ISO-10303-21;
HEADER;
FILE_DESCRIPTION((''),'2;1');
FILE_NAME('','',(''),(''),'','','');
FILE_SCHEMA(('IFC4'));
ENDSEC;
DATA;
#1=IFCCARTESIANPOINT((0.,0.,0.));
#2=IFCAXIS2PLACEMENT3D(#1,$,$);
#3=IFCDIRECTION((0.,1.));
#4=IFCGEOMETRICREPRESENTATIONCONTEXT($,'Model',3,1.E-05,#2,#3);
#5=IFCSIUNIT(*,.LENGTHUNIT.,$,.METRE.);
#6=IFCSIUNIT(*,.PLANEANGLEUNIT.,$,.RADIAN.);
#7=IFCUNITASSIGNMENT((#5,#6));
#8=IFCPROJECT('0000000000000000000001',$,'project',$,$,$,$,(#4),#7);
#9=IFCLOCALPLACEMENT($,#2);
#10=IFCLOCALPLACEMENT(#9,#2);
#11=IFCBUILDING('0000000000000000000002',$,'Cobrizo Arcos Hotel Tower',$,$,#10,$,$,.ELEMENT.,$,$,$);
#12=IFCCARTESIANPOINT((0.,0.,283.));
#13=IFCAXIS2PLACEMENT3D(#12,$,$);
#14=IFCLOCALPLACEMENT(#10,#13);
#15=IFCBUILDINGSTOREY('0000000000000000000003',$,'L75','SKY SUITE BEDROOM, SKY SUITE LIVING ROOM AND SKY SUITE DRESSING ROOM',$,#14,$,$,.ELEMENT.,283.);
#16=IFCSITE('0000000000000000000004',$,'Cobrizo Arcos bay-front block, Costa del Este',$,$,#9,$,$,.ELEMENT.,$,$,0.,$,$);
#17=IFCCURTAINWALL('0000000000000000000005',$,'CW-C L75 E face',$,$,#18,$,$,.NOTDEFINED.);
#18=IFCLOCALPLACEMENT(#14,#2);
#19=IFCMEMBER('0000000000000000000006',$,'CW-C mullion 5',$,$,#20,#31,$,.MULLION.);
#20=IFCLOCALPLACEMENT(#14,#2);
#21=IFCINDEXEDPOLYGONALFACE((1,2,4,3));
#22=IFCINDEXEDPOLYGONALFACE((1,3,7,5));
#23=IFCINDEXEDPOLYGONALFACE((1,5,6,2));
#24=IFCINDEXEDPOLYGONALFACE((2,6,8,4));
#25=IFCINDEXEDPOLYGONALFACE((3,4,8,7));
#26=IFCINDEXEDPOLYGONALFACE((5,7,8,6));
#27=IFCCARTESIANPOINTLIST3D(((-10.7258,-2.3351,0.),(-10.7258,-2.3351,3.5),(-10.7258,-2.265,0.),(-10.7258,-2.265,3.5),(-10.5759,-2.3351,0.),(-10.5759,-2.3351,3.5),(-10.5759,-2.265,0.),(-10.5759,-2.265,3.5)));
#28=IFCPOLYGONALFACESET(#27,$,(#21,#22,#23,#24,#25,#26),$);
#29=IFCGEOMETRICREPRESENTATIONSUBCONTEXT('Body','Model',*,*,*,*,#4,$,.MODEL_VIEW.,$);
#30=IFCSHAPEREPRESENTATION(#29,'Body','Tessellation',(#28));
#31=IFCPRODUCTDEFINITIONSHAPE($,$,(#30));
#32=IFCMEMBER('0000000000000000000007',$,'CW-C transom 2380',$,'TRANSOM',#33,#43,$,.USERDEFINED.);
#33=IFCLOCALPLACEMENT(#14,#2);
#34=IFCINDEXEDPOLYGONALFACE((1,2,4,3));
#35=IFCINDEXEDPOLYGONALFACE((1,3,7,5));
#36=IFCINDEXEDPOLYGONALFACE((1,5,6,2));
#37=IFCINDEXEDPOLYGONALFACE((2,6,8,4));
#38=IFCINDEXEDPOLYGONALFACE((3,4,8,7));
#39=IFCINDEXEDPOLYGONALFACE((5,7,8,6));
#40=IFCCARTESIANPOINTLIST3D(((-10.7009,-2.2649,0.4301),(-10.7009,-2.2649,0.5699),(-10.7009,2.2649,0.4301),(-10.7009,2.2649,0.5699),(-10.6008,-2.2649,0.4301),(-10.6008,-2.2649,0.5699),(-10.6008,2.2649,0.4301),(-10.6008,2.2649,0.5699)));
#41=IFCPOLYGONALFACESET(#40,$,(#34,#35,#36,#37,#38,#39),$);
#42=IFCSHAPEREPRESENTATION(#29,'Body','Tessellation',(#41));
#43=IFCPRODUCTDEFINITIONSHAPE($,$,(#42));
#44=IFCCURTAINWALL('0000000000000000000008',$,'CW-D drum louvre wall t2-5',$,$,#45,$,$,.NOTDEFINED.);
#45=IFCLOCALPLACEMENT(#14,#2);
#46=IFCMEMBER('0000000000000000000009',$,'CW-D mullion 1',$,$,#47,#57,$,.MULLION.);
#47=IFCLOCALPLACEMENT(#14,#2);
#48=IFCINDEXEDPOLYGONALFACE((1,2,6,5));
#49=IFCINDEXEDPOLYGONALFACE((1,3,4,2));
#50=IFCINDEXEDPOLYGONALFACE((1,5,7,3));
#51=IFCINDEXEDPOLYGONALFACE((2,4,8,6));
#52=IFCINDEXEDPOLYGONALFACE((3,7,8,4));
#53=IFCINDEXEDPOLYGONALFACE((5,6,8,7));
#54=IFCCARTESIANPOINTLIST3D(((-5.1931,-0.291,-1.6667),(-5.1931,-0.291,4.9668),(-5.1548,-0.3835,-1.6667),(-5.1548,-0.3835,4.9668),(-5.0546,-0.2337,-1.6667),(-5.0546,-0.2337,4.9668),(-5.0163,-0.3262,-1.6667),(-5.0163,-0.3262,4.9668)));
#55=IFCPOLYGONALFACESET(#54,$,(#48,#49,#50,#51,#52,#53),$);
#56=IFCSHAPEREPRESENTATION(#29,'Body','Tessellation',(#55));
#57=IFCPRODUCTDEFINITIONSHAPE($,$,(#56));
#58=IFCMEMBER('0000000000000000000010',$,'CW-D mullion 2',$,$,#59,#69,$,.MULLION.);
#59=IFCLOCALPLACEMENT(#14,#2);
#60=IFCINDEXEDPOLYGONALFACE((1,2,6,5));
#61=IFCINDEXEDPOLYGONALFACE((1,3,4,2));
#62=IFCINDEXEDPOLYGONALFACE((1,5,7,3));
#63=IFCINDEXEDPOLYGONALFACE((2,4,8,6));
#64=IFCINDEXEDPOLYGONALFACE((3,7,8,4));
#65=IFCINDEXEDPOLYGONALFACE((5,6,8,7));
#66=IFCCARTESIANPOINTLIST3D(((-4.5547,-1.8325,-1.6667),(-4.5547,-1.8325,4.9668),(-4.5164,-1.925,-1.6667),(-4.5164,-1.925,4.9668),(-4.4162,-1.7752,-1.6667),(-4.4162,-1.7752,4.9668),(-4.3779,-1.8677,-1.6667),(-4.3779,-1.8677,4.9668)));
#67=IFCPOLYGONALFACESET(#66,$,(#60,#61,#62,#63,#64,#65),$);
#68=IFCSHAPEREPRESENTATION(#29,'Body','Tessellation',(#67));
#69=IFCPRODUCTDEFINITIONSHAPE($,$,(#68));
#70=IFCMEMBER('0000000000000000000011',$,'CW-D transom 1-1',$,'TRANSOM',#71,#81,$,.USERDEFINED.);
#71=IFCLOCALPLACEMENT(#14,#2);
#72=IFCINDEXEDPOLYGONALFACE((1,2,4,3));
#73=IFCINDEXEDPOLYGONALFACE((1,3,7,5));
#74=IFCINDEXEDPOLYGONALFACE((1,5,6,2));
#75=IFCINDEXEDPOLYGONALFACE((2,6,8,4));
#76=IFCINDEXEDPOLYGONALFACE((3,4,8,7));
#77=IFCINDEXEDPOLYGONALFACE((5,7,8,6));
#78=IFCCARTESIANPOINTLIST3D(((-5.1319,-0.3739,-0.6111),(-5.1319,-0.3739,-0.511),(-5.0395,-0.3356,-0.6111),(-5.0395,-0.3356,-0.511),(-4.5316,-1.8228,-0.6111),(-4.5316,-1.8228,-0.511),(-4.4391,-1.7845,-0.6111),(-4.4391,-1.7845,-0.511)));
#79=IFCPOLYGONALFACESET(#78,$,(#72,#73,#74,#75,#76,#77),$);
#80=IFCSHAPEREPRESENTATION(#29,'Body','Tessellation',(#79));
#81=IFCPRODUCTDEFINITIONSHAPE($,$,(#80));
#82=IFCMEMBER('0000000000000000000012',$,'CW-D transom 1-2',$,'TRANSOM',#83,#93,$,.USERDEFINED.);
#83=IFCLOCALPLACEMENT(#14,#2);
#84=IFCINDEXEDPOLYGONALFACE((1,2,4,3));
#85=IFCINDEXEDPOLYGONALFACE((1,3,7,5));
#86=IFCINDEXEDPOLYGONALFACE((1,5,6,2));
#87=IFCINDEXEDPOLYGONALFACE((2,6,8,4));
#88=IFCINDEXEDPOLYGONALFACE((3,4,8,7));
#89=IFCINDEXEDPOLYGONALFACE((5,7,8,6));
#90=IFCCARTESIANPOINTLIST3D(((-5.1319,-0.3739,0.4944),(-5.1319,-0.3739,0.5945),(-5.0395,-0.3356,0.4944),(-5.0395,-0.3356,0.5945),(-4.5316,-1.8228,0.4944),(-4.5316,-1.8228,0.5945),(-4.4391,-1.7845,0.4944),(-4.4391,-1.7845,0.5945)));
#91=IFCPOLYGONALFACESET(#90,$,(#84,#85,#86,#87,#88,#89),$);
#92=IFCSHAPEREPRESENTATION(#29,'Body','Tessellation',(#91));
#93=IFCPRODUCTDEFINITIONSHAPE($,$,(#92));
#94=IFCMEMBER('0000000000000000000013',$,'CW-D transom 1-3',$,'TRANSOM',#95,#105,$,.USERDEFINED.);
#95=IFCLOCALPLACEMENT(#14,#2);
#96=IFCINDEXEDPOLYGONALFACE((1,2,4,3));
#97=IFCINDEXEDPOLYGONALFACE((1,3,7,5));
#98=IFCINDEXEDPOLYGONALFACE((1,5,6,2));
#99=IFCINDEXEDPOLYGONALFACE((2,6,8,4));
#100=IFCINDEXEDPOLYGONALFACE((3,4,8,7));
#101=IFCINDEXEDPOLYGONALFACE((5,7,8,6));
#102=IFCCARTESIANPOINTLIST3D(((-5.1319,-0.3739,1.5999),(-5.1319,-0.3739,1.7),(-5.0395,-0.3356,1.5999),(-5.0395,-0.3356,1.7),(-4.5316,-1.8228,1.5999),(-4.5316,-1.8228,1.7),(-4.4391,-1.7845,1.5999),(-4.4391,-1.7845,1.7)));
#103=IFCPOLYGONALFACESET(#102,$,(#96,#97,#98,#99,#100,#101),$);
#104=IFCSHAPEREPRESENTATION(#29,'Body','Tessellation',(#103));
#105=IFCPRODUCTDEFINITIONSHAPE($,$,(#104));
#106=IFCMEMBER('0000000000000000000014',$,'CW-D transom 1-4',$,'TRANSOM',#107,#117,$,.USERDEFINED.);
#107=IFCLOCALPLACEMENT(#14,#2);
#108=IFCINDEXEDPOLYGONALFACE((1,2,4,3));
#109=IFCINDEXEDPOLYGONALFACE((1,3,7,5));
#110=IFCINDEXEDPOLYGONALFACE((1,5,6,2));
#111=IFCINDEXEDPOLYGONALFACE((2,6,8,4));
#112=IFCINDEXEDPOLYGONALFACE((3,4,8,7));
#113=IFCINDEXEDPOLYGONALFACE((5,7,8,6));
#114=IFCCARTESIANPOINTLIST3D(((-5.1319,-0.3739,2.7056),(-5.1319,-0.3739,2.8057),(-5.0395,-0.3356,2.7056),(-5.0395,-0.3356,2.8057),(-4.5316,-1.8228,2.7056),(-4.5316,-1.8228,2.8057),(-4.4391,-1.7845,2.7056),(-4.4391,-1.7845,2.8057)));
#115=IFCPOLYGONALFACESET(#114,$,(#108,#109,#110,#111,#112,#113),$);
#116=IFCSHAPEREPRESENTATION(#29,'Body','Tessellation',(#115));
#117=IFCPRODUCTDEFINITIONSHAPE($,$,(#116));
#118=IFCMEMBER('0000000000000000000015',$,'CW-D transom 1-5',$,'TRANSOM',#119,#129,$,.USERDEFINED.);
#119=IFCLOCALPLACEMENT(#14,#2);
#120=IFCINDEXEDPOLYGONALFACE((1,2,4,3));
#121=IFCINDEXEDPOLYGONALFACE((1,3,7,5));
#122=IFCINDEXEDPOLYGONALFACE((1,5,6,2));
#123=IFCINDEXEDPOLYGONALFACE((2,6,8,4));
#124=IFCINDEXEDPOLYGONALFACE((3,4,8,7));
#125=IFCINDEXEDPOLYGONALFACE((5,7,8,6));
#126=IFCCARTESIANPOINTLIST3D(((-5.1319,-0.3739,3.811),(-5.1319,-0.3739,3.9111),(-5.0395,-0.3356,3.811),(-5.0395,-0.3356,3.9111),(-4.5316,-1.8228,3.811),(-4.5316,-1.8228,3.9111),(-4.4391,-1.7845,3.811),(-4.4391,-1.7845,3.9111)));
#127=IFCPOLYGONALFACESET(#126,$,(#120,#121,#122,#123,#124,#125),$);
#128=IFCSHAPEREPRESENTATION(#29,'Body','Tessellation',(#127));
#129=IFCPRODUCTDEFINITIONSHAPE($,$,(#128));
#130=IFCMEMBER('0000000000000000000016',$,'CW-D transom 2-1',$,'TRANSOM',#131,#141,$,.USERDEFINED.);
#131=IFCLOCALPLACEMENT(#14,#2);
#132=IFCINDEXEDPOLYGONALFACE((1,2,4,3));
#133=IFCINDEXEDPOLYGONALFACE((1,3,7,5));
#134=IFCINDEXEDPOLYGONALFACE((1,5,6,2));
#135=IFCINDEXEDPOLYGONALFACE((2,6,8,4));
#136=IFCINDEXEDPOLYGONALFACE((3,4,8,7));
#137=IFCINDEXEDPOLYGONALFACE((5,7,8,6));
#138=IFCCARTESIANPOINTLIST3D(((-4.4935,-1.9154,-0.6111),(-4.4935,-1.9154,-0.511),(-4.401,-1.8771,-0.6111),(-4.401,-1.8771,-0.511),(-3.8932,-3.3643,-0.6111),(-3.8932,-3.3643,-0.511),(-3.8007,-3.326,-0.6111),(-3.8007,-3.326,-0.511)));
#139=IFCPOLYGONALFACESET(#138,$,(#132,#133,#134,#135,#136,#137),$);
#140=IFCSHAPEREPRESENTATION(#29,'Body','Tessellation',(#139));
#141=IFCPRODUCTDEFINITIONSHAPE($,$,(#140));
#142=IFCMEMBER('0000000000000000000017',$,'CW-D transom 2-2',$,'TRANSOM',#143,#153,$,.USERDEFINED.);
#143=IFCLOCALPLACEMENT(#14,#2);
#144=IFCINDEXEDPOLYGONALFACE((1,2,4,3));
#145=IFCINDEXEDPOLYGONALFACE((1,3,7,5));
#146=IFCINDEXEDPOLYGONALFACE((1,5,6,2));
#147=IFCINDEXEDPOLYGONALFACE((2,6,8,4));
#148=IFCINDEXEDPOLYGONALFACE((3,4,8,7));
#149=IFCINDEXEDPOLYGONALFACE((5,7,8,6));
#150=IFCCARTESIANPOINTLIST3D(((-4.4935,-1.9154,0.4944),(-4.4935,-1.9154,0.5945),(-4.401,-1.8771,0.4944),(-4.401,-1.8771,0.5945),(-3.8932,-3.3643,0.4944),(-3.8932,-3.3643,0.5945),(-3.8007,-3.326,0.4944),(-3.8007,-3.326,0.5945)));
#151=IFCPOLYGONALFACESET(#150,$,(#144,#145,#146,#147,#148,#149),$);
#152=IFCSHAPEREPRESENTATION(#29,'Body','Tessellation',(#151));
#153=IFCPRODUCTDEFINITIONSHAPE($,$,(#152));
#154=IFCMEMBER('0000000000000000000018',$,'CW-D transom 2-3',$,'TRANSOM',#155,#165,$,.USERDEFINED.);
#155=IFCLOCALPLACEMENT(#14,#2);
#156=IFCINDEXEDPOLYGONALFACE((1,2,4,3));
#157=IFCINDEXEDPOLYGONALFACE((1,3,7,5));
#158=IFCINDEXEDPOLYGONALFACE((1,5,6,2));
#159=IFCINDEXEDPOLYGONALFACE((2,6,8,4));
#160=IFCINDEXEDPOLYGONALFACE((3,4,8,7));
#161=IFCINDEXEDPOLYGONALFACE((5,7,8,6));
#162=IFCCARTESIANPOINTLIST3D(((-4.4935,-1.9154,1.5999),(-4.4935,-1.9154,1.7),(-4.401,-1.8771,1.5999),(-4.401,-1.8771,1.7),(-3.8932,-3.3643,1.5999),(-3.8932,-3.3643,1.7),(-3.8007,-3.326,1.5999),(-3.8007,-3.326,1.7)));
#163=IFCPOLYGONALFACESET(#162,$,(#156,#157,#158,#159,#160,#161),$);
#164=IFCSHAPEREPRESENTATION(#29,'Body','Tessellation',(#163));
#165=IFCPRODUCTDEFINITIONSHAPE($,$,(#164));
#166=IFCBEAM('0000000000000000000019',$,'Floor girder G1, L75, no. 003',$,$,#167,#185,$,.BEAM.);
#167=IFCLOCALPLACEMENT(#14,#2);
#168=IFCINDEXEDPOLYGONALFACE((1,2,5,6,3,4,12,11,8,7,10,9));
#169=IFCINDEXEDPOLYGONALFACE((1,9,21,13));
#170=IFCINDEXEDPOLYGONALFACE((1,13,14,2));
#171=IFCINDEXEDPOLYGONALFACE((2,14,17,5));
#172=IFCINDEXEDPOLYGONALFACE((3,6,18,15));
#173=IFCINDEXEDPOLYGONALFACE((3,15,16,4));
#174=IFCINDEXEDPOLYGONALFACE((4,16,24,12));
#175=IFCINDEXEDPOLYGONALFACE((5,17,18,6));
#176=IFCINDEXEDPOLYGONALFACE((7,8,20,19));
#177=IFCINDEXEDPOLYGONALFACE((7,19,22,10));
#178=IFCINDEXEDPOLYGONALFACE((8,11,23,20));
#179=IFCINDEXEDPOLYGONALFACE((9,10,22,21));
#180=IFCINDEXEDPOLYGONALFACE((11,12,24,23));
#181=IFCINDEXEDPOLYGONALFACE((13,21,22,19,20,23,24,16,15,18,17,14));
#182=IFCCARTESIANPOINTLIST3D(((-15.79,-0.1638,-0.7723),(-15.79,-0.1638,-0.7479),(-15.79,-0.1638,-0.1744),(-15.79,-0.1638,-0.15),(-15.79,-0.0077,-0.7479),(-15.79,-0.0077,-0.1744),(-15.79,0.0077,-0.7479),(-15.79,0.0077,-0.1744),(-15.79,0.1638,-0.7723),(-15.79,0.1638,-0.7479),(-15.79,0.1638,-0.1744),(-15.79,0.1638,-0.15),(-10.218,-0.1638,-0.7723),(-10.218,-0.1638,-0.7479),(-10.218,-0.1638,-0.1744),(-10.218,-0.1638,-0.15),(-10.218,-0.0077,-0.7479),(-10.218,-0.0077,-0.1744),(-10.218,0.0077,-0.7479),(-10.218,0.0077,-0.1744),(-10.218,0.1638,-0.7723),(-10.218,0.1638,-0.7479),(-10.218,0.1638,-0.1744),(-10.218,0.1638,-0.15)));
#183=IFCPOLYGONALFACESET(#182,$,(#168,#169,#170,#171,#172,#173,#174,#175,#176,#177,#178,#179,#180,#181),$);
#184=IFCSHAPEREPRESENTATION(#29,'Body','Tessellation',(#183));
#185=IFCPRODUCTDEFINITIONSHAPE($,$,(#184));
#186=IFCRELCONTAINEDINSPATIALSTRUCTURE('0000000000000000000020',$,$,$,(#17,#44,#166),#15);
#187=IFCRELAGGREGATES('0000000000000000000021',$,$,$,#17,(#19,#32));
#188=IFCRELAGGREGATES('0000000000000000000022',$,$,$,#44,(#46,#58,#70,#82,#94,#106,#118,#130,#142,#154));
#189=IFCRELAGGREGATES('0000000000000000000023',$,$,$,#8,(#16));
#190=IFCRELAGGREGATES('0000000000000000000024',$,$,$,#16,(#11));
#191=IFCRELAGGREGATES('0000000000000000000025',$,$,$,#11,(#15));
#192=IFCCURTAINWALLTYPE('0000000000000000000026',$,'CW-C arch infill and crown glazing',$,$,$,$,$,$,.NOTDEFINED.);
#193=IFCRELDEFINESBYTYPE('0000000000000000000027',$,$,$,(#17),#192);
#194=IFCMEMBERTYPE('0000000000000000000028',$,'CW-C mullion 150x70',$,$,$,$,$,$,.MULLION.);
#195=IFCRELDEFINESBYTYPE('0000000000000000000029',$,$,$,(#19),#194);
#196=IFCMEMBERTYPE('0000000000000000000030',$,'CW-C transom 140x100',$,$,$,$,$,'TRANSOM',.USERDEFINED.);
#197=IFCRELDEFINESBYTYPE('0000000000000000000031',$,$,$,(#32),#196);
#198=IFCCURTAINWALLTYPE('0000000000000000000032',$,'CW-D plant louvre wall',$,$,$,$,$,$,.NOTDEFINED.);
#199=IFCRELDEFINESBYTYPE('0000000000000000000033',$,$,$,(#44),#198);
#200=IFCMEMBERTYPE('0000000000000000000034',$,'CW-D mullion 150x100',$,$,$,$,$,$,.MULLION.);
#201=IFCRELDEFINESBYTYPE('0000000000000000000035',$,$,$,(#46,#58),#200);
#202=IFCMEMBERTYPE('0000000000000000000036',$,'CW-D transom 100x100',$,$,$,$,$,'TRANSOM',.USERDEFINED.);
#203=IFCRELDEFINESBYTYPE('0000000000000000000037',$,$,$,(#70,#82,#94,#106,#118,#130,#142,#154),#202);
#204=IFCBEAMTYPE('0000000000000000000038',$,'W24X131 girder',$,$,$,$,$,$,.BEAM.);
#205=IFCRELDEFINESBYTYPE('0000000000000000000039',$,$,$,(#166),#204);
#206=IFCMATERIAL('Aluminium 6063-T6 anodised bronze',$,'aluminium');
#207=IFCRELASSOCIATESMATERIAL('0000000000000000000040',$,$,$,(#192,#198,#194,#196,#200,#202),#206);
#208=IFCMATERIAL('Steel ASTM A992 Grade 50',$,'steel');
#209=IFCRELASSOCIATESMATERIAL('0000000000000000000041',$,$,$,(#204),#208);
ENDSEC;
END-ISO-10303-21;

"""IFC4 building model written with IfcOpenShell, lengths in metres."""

from ifc_helpers import new_model, si_unit, direction, frame, origin, origin_2d, place, context, subcontext, project, spatial, rectangle, i_section, extrude, material, material_profile, profile_set, type_object, element, aggregate, save


model = new_model("IFC4")

# Units and contexts
model_context = context("Model", 3, precision=1e-05, world=origin(), true_north=direction((0.0, 1.0)))
body_context = subcontext(model_context, "Body", "Model", "MODEL_VIEW")
ifc_project = project(units=[si_unit("LENGTHUNIT", "METRE"), si_unit("PLANEANGLEUNIT", "RADIAN")], contexts=[model_context])

# Site, building, storey
site_placement = place(None, origin())
site = spatial("IfcSite", under=ifc_project, at=site_placement, Name="Cobrizo Arcos bay-front block, Costa del Este", CompositionType="ELEMENT", RefElevation=0.0)
building_placement = place(site_placement, origin())
building = spatial("IfcBuilding", under=site, at=building_placement, Name="Cobrizo Arcos Hotel Tower", CompositionType="ELEMENT")
storey_placement = place(building_placement, frame((0.0, 0.0, 283.0)))
storey = spatial("IfcBuildingStorey", under=building, at=storey_placement, Name="L75", Description="SKY SUITE BEDROOM, SKY SUITE LIVING ROOM AND SKY SUITE DRESSING ROOM", CompositionType="ELEMENT", Elevation=283.0)

# Curtain walls, members
ifc_material_1 = material(Name="Aluminium 6063-T6 anodised bronze", Category="aluminium")
curtain_wall_type_1 = type_object("IfcCurtainWallType", Name="CW-C arch infill and crown glazing", PredefinedType="NOTDEFINED", material=ifc_material_1)
curtain_wall_1_placement = place(storey_placement, origin())
curtain_wall_1 = element("IfcCurtainWall", 1, at=curtain_wall_1_placement, inside=storey, type_object=curtain_wall_type_1, Name="CW-C L75 E face", PredefinedType="NOTDEFINED")
ifc_material_profile_1 = material_profile(ifc_material_1, rectangle(XDim=0.1499, YDim=0.0701, at=origin_2d()), Name="CW-C mullion 150x70")
ifc_profile_set_1 = profile_set([ifc_material_profile_1], Name="Aluminium 6063-T6 anodised bronze")
member_type_1 = type_object("IfcMemberType", Name="CW-C mullion 150x70", PredefinedType="MULLION", material=ifc_profile_set_1)
member_1_placement = place(storey_placement, frame((-10.6509, -2.3, 0.0), z_axis=(0.0, 0.0, 1.0), x_axis=(1.0, 0.0, 0.0)))
member_1 = element("IfcMember", 2, at=member_1_placement, type_object=member_type_1, Name="CW-C mullion 5", PredefinedType="MULLION", context=body_context, shape_type="SweptSolid", body=[
    extrude(rectangle(XDim=0.1499, YDim=0.0701, at=origin_2d()), origin(), (0.0, 0.0, 1.0), 3.5),
])
ifc_material_profile_2 = material_profile(ifc_material_1, rectangle(XDim=0.1001, YDim=0.1399, at=origin_2d()), Name="CW-C transom 140x100")
ifc_profile_set_2 = profile_set([ifc_material_profile_2], Name="Aluminium 6063-T6 anodised bronze")
member_type_2 = type_object("IfcMemberType", Name="CW-C transom 140x100", ElementType="TRANSOM", PredefinedType="USERDEFINED", material=ifc_profile_set_2)
member_2_placement = place(storey_placement, frame((-10.6509, -2.2649, 0.5), z_axis=(0.0, 1.0, 0.0), x_axis=(-1.0, 0.0, 0.0)))
member_2 = element("IfcMember", 3, at=member_2_placement, type_object=member_type_2, Name="CW-C transom 2380", ObjectType="TRANSOM", PredefinedType="USERDEFINED", context=body_context, shape_type="SweptSolid", body=[
    extrude(rectangle(XDim=0.1001, YDim=0.1399, at=origin_2d()), origin(), (0.0, 0.0, 1.0), 4.5298),
])
curtain_wall_type_2 = type_object("IfcCurtainWallType", Name="CW-D plant louvre wall", PredefinedType="NOTDEFINED", material=ifc_material_1)
curtain_wall_2_placement = place(storey_placement, origin())
curtain_wall_2 = element("IfcCurtainWall", 4, at=curtain_wall_2_placement, inside=storey, type_object=curtain_wall_type_2, Name="CW-D drum louvre wall t2-5", PredefinedType="NOTDEFINED")
ifc_material_profile_3 = material_profile(ifc_material_1, rectangle(XDim=0.1499, YDim=0.1001, at=origin_2d()), Name="CW-D mullion 150x100")
ifc_profile_set_3 = profile_set([ifc_material_profile_3], Name="Aluminium 6063-T6 anodised bronze")
member_type_3 = type_object("IfcMemberType", Name="CW-D mullion 150x100", PredefinedType="MULLION", material=ifc_profile_set_3)
member_3_placement = place(storey_placement, frame((-5.1047, -0.3086, -1.6667), z_axis=(0.0, 0.0, 1.0), x_axis=(-0.92388, -0.382683, 0.0)))
member_3 = element("IfcMember", 5, at=member_3_placement, type_object=member_type_3, Name="CW-D mullion 1", PredefinedType="MULLION", context=body_context, shape_type="SweptSolid", body=[
    extrude(rectangle(XDim=0.1499, YDim=0.1001, at=origin_2d()), origin(), (0.0, 0.0, 1.0), 6.6335),
])
member_4_placement = place(storey_placement, frame((-4.4663, -1.8501, -1.6667), z_axis=(0.0, 0.0, 1.0), x_axis=(-0.92388, -0.382683, 0.0)))
member_4 = element("IfcMember", 6, at=member_4_placement, type_object=member_type_3, Name="CW-D mullion 2", PredefinedType="MULLION", context=body_context, shape_type="SweptSolid", body=[
    extrude(rectangle(XDim=0.1499, YDim=0.1001, at=origin_2d()), origin(), (0.0, 0.0, 1.0), 6.6335),
])
ifc_material_profile_4 = material_profile(ifc_material_1, rectangle(XDim=0.1001, YDim=0.1001, at=origin_2d()), Name="CW-D transom 100x100")
ifc_profile_set_4 = profile_set([ifc_material_profile_4], Name="Aluminium 6063-T6 anodised bronze")
member_type_4 = type_object("IfcMemberType", Name="CW-D transom 100x100", ElementType="TRANSOM", PredefinedType="USERDEFINED", material=ifc_profile_set_4)
member_5_placement = place(storey_placement, frame((-5.0857, -0.3547, -0.561), z_axis=(0.382769, -0.923844, 0.0), x_axis=(0.923844, 0.382769, 0.0)))
member_5 = element("IfcMember", 7, at=member_5_placement, type_object=member_type_4, Name="CW-D transom 1-1", ObjectType="TRANSOM", PredefinedType="USERDEFINED", context=body_context, shape_type="SweptSolid", body=[
    extrude(rectangle(XDim=0.1001, YDim=0.1001, at=origin_2d()), origin(), (0.0, 0.0, 1.0), 1.5684),
])
member_6_placement = place(storey_placement, frame((-5.0857, -0.3547, 0.5444), z_axis=(0.382769, -0.923844, 0.0), x_axis=(0.923844, 0.382769, 0.0)))
member_6 = element("IfcMember", 8, at=member_6_placement, type_object=member_type_4, Name="CW-D transom 1-2", ObjectType="TRANSOM", PredefinedType="USERDEFINED", context=body_context, shape_type="SweptSolid", body=[
    extrude(rectangle(XDim=0.1001, YDim=0.1001, at=origin_2d()), origin(), (0.0, 0.0, 1.0), 1.5684),
])
member_7_placement = place(storey_placement, frame((-5.0857, -0.3547, 1.6499), z_axis=(0.382769, -0.923844, 0.0), x_axis=(0.923844, 0.382769, 0.0)))
member_7 = element("IfcMember", 9, at=member_7_placement, type_object=member_type_4, Name="CW-D transom 1-3", ObjectType="TRANSOM", PredefinedType="USERDEFINED", context=body_context, shape_type="SweptSolid", body=[
    extrude(rectangle(XDim=0.1001, YDim=0.1001, at=origin_2d()), origin(), (0.0, 0.0, 1.0), 1.5684),
])
member_8_placement = place(storey_placement, frame((-5.0857, -0.3547, 2.7556), z_axis=(0.382769, -0.923844, 0.0), x_axis=(0.923844, 0.382769, 0.0)))
member_8 = element("IfcMember", 10, at=member_8_placement, type_object=member_type_4, Name="CW-D transom 1-4", ObjectType="TRANSOM", PredefinedType="USERDEFINED", context=body_context, shape_type="SweptSolid", body=[
    extrude(rectangle(XDim=0.1001, YDim=0.1001, at=origin_2d()), origin(), (0.0, 0.0, 1.0), 1.5684),
])
member_9_placement = place(storey_placement, frame((-5.0857, -0.3547, 3.8611), z_axis=(0.382769, -0.923844, 0.0), x_axis=(0.923844, 0.382769, 0.0)))
member_9 = element("IfcMember", 11, at=member_9_placement, type_object=member_type_4, Name="CW-D transom 1-5", ObjectType="TRANSOM", PredefinedType="USERDEFINED", context=body_context, shape_type="SweptSolid", body=[
    extrude(rectangle(XDim=0.1001, YDim=0.1001, at=origin_2d()), origin(), (0.0, 0.0, 1.0), 1.5684),
])
member_10_placement = place(storey_placement, frame((-4.4473, -1.8962, -0.561), z_axis=(0.382769, -0.923844, 0.0), x_axis=(0.923844, 0.382769, 0.0)))
member_10 = element("IfcMember", 12, at=member_10_placement, type_object=member_type_4, Name="CW-D transom 2-1", ObjectType="TRANSOM", PredefinedType="USERDEFINED", context=body_context, shape_type="SweptSolid", body=[
    extrude(rectangle(XDim=0.1001, YDim=0.1001, at=origin_2d()), origin(), (0.0, 0.0, 1.0), 1.5684),
])
member_11_placement = place(storey_placement, frame((-4.4473, -1.8962, 0.5444), z_axis=(0.382769, -0.923844, 0.0), x_axis=(0.923844, 0.382769, 0.0)))
member_11 = element("IfcMember", 13, at=member_11_placement, type_object=member_type_4, Name="CW-D transom 2-2", ObjectType="TRANSOM", PredefinedType="USERDEFINED", context=body_context, shape_type="SweptSolid", body=[
    extrude(rectangle(XDim=0.1001, YDim=0.1001, at=origin_2d()), origin(), (0.0, 0.0, 1.0), 1.5684),
])
member_12_placement = place(storey_placement, frame((-4.4473, -1.8962, 1.6499), z_axis=(0.382769, -0.923844, 0.0), x_axis=(0.923844, 0.382769, 0.0)))
member_12 = element("IfcMember", 14, at=member_12_placement, type_object=member_type_4, Name="CW-D transom 2-3", ObjectType="TRANSOM", PredefinedType="USERDEFINED", context=body_context, shape_type="SweptSolid", body=[
    extrude(rectangle(XDim=0.1001, YDim=0.1001, at=origin_2d()), origin(), (0.0, 0.0, 1.0), 1.5684),
])

# Beam
ifc_material_2 = material(Name="Steel ASTM A992 Grade 50", Category="steel")
ifc_material_profile_5 = material_profile(ifc_material_2, i_section(OverallWidth=0.3276, OverallDepth=0.6223, WebThickness=0.0154, FlangeThickness=0.0244, at=origin_2d()), Name="W24X131")
ifc_profile_set_5 = profile_set([ifc_material_profile_5], Name="Steel ASTM A992 Grade 50")
beam_type = type_object("IfcBeamType", Name="W24X131 girder", PredefinedType="BEAM", material=ifc_profile_set_5)
beam_placement = place(storey_placement, frame((-15.79, 0.0, -0.4612), z_axis=(1.0, 0.0, 0.0), x_axis=(0.0, 1.0, 0.0)))
element("IfcBeam", 15, at=beam_placement, inside=storey, type_object=beam_type, Name="Floor girder G1, L75, no. 003", PredefinedType="BEAM", context=body_context, shape_type="SweptSolid", body=[
    extrude(i_section(OverallWidth=0.3276, OverallDepth=0.6223, WebThickness=0.0154, FlangeThickness=0.0244, at=origin_2d()), origin(), (0.0, 0.0, 1.0), 5.572),
])

aggregate(curtain_wall_1, [member_1, member_2])
aggregate(curtain_wall_2, [member_3, member_4, member_5, member_6, member_7, member_8, member_9, member_10, member_11, member_12])

save(model, "model.ifc")
